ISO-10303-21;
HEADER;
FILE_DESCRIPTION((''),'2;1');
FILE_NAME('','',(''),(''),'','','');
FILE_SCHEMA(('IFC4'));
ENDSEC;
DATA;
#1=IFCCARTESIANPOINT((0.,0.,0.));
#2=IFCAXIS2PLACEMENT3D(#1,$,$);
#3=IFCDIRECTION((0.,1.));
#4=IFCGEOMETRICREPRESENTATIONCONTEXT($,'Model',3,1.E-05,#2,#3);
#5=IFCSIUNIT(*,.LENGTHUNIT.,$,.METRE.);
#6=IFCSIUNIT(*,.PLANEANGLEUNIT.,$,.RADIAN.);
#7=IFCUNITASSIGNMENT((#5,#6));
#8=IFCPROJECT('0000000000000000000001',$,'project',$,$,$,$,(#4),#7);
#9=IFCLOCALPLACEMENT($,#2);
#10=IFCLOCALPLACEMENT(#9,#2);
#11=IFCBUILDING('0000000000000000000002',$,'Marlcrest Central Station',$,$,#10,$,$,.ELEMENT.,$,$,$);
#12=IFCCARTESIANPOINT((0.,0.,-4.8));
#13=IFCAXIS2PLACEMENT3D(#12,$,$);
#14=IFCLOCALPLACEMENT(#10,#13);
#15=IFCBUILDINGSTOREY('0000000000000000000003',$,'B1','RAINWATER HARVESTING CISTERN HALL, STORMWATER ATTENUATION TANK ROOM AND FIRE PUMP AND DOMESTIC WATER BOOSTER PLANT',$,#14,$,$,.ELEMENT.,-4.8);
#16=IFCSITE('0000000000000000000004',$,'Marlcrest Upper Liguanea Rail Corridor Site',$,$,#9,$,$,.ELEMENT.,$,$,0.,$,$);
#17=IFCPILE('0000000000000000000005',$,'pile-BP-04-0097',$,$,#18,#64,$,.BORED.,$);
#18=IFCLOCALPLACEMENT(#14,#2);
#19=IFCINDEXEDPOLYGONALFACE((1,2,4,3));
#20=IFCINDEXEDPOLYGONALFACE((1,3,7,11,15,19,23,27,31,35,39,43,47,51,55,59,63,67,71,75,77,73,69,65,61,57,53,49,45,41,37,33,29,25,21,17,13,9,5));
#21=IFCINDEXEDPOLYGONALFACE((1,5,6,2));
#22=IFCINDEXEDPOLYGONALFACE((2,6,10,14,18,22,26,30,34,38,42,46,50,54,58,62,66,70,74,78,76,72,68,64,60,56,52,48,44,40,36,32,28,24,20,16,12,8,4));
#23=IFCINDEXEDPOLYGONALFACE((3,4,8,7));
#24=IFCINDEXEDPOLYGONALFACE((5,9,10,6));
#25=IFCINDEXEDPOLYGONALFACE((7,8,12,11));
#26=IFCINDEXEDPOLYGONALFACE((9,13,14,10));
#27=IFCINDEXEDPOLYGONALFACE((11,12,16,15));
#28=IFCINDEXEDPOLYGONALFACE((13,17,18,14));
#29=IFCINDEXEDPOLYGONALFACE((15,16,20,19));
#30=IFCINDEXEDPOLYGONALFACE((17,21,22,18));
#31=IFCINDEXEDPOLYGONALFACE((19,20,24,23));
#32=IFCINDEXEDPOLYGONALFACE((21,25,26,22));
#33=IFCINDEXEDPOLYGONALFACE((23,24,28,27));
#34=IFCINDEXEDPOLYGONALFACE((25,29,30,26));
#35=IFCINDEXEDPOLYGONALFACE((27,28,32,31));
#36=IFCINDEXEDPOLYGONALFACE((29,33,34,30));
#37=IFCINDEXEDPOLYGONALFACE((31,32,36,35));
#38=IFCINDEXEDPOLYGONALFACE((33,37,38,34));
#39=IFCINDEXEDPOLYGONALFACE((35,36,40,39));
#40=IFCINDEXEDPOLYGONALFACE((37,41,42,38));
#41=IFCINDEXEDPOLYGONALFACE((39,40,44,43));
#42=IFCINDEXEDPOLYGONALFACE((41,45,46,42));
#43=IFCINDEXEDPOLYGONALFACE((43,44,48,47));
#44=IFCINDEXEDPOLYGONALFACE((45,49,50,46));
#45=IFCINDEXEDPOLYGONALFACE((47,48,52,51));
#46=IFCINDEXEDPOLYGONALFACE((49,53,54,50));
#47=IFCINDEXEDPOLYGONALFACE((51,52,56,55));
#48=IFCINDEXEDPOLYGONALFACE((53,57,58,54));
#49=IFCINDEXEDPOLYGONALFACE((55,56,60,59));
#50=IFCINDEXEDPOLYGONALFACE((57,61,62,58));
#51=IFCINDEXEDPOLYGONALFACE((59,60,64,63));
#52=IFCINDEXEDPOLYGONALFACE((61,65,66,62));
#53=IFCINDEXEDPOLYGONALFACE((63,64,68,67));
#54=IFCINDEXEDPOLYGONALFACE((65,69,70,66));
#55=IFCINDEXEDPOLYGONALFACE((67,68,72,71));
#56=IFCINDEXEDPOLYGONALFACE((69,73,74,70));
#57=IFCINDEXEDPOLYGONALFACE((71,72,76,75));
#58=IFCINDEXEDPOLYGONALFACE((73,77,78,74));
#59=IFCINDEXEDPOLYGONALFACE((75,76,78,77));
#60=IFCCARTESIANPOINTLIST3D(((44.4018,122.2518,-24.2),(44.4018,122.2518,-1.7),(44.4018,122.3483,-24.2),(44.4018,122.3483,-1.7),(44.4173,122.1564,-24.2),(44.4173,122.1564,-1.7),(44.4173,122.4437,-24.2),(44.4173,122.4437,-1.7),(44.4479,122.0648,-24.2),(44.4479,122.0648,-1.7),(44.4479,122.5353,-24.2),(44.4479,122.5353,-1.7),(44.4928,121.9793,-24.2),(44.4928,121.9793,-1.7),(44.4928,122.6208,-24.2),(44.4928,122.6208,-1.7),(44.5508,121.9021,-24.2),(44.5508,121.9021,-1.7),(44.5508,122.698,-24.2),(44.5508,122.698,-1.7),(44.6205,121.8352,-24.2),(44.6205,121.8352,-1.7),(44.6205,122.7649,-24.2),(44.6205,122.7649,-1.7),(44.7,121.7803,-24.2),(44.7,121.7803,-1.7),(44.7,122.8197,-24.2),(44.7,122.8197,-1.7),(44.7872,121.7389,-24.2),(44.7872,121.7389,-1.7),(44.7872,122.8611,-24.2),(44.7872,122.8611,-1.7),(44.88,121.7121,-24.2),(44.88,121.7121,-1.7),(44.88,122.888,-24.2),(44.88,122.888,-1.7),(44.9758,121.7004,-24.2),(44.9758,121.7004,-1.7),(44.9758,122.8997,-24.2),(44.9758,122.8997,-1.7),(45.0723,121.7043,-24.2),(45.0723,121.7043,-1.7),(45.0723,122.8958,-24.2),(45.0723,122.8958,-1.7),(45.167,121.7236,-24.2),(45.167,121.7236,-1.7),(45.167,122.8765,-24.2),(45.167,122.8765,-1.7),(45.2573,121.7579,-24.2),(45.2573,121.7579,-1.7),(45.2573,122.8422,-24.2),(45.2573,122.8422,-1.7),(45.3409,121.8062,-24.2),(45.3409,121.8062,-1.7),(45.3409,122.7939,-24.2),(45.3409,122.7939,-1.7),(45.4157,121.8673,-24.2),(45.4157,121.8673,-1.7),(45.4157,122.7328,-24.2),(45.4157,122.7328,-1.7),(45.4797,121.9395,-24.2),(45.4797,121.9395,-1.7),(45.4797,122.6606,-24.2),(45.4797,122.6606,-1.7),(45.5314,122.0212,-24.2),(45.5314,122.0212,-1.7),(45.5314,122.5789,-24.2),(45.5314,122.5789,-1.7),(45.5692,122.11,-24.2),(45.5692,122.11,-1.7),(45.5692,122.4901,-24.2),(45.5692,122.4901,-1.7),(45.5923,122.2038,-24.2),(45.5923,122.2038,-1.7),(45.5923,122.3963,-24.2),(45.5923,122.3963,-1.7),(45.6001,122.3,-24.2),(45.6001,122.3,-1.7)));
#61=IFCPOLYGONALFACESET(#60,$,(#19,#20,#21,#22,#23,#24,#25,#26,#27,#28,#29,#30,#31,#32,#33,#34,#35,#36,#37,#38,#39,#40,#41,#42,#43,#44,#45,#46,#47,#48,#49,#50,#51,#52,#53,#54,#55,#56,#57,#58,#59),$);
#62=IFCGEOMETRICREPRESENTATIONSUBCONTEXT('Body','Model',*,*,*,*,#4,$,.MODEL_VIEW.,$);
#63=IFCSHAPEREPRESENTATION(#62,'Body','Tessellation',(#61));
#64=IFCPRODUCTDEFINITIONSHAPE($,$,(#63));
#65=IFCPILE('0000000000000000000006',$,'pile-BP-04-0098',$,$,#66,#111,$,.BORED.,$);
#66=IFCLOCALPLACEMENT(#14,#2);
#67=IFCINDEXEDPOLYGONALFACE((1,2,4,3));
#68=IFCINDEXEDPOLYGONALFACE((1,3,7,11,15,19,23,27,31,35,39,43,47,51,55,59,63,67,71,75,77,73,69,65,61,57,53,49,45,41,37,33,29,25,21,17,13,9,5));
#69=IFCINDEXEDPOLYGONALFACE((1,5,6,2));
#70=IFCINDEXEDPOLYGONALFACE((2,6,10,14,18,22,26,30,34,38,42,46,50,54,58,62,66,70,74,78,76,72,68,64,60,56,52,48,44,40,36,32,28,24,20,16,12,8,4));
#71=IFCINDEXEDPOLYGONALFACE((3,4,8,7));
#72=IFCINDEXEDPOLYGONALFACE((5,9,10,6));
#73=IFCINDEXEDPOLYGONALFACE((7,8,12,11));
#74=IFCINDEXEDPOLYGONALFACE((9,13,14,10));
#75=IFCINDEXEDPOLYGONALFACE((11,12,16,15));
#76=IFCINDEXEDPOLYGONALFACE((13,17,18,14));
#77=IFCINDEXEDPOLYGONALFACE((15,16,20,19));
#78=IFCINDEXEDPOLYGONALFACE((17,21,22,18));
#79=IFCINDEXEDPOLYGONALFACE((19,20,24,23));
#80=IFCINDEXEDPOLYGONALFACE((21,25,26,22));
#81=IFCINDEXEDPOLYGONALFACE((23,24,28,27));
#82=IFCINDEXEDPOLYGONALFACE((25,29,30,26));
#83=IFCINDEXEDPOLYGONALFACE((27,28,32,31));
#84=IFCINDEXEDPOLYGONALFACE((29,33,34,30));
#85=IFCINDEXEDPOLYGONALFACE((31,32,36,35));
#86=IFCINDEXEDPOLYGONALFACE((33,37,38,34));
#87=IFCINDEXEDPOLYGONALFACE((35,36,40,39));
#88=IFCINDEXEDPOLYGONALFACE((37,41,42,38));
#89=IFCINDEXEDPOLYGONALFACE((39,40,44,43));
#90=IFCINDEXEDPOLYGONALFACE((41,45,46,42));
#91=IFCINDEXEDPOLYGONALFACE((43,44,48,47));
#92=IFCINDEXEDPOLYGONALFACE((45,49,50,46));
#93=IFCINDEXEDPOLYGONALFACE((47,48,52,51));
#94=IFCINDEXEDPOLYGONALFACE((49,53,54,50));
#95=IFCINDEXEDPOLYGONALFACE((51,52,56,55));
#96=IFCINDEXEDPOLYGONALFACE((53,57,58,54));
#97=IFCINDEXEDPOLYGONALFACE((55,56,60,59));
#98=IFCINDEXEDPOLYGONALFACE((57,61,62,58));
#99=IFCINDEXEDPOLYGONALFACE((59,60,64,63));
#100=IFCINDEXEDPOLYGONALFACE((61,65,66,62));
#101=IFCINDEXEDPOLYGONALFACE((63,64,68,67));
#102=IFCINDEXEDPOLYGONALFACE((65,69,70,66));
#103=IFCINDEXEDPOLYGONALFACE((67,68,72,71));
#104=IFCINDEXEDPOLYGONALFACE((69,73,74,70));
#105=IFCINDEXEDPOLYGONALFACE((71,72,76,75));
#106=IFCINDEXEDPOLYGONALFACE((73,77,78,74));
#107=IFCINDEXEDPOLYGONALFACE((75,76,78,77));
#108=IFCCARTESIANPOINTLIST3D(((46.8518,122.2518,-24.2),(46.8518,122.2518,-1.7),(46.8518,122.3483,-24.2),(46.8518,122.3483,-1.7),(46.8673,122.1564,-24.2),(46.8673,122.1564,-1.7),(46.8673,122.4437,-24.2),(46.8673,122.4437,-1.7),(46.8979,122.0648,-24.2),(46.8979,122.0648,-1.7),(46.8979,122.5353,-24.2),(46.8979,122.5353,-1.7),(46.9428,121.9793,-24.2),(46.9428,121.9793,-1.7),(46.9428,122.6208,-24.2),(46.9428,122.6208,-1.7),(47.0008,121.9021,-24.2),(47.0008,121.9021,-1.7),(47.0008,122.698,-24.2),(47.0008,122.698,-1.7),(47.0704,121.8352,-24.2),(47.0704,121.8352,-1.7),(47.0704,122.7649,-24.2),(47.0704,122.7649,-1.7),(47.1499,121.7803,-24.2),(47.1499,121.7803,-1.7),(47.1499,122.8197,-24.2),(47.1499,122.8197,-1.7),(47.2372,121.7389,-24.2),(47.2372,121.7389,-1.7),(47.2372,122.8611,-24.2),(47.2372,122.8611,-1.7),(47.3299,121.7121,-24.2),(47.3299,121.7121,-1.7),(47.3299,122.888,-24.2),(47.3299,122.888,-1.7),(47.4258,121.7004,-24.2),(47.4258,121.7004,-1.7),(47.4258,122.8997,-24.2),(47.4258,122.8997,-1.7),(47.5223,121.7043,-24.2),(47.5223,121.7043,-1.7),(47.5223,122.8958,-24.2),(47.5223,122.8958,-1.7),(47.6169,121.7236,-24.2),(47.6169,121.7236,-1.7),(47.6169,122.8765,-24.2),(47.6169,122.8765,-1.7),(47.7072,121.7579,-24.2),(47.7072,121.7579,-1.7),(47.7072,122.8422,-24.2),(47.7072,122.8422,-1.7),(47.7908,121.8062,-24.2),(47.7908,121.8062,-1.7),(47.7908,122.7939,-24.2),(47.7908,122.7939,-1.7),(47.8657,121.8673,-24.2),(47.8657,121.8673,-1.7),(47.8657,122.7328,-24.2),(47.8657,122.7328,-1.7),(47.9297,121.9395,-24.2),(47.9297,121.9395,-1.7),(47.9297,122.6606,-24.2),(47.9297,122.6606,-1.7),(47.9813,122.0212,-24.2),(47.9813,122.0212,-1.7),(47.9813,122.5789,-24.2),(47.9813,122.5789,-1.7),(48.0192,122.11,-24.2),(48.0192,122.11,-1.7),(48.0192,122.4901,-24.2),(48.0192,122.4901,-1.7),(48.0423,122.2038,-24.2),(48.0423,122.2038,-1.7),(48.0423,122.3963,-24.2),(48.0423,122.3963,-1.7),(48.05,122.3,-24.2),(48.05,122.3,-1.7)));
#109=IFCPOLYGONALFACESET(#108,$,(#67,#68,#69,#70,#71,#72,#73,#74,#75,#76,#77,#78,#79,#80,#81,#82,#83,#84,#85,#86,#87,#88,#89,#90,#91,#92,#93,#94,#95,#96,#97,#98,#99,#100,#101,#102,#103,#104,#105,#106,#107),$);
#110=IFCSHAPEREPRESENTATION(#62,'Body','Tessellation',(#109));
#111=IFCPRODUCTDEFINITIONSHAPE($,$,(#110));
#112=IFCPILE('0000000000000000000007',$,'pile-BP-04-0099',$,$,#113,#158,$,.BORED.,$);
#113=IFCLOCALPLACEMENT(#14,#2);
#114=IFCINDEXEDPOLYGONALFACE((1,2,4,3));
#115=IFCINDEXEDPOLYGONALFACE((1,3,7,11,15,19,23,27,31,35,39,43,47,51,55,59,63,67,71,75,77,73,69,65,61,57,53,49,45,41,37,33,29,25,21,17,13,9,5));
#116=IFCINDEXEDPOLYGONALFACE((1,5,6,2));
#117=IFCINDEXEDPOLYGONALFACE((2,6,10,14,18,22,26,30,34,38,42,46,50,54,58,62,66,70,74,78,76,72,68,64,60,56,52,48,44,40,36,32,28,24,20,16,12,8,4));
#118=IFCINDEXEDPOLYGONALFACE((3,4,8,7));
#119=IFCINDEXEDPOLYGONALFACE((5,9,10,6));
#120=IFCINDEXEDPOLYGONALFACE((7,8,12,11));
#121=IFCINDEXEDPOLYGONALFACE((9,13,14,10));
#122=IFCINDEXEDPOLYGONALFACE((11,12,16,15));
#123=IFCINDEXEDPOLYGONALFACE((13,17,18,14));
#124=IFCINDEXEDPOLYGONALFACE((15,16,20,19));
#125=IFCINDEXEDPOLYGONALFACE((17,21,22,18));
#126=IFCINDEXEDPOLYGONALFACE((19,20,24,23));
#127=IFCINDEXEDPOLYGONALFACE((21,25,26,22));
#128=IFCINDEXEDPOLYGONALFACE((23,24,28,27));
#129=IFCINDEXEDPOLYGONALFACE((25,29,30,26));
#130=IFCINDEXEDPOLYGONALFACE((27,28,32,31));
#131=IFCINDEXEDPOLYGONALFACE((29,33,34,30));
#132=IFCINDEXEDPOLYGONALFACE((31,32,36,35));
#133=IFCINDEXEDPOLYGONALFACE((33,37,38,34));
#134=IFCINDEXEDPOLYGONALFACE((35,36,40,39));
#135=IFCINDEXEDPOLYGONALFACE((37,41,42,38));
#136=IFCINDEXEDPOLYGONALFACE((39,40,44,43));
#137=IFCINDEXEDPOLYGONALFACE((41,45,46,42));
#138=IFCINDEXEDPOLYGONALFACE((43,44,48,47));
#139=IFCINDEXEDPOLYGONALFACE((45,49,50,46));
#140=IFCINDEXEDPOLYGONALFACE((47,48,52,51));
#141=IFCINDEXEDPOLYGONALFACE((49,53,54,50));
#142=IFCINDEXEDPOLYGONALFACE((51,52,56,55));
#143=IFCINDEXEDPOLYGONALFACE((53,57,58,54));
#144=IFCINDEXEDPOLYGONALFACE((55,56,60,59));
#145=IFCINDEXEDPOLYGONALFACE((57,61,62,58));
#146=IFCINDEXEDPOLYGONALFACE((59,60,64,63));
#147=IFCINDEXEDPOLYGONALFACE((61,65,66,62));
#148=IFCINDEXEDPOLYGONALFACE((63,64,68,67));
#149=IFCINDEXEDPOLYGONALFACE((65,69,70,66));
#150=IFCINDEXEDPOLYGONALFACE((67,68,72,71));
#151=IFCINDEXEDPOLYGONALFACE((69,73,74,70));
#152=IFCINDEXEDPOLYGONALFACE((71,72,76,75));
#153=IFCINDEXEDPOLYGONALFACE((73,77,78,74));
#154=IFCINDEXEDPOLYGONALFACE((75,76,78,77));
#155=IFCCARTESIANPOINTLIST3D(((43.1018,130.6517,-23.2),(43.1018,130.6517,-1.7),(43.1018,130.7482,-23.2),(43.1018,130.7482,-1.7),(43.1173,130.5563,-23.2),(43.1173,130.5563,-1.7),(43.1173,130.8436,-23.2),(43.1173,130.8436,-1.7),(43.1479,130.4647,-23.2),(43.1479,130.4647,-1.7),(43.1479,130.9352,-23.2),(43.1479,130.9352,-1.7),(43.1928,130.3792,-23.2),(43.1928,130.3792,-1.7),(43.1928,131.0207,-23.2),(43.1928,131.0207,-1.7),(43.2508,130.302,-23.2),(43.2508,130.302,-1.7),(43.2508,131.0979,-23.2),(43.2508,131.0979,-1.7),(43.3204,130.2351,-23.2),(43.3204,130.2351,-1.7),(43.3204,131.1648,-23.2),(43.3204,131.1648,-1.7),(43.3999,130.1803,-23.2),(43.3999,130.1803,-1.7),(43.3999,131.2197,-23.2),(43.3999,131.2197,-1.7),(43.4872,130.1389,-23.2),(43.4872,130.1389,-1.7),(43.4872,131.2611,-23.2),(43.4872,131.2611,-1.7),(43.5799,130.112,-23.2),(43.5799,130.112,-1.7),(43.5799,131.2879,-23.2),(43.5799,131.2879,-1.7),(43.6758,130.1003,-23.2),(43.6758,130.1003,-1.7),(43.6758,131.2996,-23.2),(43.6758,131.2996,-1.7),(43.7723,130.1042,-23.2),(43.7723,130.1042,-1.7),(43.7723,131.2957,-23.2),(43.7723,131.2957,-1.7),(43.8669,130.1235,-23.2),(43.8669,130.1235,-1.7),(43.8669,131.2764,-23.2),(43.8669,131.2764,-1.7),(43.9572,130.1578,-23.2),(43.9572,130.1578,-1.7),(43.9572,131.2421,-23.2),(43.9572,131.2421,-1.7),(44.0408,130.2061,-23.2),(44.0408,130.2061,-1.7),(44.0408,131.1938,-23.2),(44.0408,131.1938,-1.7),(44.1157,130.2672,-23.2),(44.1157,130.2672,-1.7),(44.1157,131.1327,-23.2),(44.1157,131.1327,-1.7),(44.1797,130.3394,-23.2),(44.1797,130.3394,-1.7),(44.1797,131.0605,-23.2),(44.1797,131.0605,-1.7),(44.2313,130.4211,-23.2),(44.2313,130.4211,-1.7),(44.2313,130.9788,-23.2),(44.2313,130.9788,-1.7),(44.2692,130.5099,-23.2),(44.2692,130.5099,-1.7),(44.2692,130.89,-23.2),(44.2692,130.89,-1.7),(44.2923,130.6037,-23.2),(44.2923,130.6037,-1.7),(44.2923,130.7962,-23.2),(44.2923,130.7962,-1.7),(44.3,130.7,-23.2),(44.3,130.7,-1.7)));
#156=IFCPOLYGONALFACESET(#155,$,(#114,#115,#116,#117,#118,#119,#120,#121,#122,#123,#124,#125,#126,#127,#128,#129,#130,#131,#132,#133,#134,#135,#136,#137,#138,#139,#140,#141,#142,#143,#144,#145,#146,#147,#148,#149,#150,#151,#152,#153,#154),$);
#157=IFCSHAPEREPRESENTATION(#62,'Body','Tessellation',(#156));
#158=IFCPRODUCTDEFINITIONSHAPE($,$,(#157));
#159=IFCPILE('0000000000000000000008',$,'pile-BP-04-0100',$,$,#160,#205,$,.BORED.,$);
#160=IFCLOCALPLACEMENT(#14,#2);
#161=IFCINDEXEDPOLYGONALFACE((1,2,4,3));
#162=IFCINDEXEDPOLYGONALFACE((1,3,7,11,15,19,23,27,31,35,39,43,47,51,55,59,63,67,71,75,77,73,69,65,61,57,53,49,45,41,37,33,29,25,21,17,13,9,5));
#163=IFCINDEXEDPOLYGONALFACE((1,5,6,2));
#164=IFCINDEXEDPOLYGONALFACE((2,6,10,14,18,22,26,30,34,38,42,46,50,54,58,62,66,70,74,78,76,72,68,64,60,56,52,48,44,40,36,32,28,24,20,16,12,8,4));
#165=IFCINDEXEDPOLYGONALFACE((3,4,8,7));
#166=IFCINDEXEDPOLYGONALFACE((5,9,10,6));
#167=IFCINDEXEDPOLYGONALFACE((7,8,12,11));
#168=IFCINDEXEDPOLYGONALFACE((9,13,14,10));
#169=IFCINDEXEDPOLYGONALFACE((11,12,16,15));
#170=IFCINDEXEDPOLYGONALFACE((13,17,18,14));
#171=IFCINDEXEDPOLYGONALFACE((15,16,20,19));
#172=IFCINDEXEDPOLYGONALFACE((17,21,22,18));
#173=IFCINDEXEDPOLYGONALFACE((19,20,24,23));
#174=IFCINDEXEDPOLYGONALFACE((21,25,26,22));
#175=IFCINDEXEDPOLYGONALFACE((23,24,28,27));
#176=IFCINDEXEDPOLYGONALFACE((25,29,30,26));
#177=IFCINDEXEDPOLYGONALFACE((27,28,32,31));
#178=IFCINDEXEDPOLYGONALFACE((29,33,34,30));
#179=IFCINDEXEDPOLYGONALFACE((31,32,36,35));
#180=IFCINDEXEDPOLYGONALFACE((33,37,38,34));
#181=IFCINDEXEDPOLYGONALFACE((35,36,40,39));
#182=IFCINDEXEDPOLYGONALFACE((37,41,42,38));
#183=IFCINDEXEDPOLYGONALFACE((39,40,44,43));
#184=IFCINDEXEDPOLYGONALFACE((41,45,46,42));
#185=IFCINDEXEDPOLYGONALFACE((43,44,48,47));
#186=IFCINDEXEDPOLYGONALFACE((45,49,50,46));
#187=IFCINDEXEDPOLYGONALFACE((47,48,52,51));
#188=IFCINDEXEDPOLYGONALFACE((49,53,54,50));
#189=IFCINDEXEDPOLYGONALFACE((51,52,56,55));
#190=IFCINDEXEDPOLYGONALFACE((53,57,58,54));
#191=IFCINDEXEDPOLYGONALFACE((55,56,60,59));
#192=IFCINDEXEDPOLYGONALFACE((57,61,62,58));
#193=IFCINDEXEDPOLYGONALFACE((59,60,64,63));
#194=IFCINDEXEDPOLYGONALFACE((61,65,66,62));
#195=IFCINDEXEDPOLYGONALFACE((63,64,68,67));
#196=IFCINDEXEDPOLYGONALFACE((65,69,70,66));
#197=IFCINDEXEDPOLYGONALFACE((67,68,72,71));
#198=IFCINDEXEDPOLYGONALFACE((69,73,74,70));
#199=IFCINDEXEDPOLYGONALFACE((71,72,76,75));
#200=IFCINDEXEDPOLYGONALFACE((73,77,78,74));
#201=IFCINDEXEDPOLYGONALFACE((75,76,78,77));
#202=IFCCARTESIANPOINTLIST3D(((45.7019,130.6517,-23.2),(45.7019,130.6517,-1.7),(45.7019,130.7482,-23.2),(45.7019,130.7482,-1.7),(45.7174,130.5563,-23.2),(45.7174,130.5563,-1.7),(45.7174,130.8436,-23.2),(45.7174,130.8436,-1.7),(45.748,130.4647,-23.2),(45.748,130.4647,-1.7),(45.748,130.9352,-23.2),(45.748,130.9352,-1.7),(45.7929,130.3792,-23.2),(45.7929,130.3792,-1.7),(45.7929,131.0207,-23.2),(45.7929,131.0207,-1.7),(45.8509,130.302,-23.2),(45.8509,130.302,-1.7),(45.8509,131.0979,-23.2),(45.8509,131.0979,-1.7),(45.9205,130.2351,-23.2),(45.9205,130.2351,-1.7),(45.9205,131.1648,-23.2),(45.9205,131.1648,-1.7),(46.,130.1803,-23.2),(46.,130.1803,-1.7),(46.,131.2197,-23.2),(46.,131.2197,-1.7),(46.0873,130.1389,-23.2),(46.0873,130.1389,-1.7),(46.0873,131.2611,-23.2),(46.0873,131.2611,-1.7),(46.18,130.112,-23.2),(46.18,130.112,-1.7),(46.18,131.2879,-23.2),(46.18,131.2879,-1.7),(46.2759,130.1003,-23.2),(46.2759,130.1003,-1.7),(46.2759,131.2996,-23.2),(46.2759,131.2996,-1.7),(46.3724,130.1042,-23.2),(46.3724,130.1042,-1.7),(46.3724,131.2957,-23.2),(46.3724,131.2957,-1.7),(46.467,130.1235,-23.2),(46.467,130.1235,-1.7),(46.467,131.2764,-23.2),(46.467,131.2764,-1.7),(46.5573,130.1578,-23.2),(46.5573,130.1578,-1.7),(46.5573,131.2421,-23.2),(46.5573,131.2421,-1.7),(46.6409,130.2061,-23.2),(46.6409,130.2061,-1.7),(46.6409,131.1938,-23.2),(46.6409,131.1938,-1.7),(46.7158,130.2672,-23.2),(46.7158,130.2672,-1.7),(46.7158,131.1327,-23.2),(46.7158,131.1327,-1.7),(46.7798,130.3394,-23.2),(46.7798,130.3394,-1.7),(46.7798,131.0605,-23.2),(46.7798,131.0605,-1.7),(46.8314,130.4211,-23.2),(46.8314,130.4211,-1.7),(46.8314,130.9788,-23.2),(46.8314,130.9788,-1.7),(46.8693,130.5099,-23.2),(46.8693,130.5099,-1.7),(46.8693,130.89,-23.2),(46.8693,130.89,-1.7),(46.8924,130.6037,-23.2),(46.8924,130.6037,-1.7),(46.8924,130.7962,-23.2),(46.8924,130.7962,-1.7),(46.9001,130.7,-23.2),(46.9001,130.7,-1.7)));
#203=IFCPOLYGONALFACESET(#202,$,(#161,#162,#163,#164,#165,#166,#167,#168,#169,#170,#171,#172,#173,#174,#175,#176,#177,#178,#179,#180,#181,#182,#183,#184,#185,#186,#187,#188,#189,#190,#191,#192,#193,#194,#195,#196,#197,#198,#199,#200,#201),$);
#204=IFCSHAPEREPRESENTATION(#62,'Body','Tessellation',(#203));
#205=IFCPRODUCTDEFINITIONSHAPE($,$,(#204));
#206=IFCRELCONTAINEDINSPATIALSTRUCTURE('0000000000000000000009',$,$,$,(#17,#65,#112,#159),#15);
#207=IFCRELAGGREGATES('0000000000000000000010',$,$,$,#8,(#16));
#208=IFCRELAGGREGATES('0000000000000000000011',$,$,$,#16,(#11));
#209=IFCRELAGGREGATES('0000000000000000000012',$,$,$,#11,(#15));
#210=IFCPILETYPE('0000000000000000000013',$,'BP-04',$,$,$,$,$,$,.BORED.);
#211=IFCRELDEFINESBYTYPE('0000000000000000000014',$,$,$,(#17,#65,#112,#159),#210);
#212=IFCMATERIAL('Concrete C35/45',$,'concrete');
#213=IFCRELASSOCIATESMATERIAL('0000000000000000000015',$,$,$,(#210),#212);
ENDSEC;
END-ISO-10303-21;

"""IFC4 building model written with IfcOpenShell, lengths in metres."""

from ifc_helpers import new_model, si_unit, direction, frame, origin, origin_2d, place, context, subcontext, project, spatial, circle, extrude, material, material_profile, profile_set, type_object, element, save


model = new_model("IFC4")

# Units and contexts
model_context = context("Model", 3, precision=1e-05, world=origin(), true_north=direction((0.0, 1.0)))
body_context = subcontext(model_context, "Body", "Model", "MODEL_VIEW")
ifc_project = project(units=[si_unit("LENGTHUNIT", "METRE"), si_unit("PLANEANGLEUNIT", "RADIAN")], contexts=[model_context])

# Site, building, storey
site_placement = place(None, origin())
site = spatial("IfcSite", under=ifc_project, at=site_placement, Name="Marlcrest Upper Liguanea Rail Corridor Site", CompositionType="ELEMENT", RefElevation=0.0)
building_placement = place(site_placement, origin())
building = spatial("IfcBuilding", under=site, at=building_placement, Name="Marlcrest Central Station", CompositionType="ELEMENT")
storey_placement = place(building_placement, frame((0.0, 0.0, -4.8)))
storey = spatial("IfcBuildingStorey", under=building, at=storey_placement, Name="B1", Description="RAINWATER HARVESTING CISTERN HALL, STORMWATER ATTENUATION TANK ROOM AND FIRE PUMP AND DOMESTIC WATER BOOSTER PLANT", CompositionType="ELEMENT", Elevation=-4.8)

# Piles
ifc_material_1 = material(Name="Concrete C35/45", Category="concrete")
ifc_material_profile_1 = material_profile(ifc_material_1, circle(Radius=0.6001, at=origin_2d()), Name="PILE D1200")
ifc_profile_set_1 = profile_set([ifc_material_profile_1], Name="Concrete C35/45")
pile_type = type_object("IfcPileType", Name="BP-04", PredefinedType="BORED", material=ifc_profile_set_1)
for number, where, z_axis, x_axis, name in (
    (1, (45.0, 122.3, -1.7), (0.0, 0.0, -1.0), (1.0, 0.0, 0.0), "pile-BP-04-0097"),
    (2, (47.45, 122.3, -1.7), (0.0, 0.0, -1.0), (1.0, 0.0, 0.0), "pile-BP-04-0098"),
):
    element("IfcPile", number, at=place(storey_placement, frame(where, z_axis=z_axis, x_axis=x_axis)), inside=storey, type_object=pile_type, Name=name, PredefinedType="BORED", context=body_context, shape_type="SweptSolid", body=[
        extrude(circle(Radius=0.6001, at=origin_2d()), origin(), (0.0, 0.0, 1.0), 22.5),
    ])
for number, where, z_axis, x_axis, name in (
    (3, (43.7, 130.7, -1.7), (0.0, 0.0, -1.0), (1.0, 0.0, 0.0), "pile-BP-04-0099"),
    (4, (46.3, 130.7, -1.7), (0.0, 0.0, -1.0), (1.0, 0.0, 0.0), "pile-BP-04-0100"),
):
    element("IfcPile", number, at=place(storey_placement, frame(where, z_axis=z_axis, x_axis=x_axis)), inside=storey, type_object=pile_type, Name=name, PredefinedType="BORED", context=body_context, shape_type="SweptSolid", body=[
        extrude(circle(Radius=0.6001, at=origin_2d()), origin(), (0.0, 0.0, 1.0), 21.5),
    ])

save(model, "model.ifc")
